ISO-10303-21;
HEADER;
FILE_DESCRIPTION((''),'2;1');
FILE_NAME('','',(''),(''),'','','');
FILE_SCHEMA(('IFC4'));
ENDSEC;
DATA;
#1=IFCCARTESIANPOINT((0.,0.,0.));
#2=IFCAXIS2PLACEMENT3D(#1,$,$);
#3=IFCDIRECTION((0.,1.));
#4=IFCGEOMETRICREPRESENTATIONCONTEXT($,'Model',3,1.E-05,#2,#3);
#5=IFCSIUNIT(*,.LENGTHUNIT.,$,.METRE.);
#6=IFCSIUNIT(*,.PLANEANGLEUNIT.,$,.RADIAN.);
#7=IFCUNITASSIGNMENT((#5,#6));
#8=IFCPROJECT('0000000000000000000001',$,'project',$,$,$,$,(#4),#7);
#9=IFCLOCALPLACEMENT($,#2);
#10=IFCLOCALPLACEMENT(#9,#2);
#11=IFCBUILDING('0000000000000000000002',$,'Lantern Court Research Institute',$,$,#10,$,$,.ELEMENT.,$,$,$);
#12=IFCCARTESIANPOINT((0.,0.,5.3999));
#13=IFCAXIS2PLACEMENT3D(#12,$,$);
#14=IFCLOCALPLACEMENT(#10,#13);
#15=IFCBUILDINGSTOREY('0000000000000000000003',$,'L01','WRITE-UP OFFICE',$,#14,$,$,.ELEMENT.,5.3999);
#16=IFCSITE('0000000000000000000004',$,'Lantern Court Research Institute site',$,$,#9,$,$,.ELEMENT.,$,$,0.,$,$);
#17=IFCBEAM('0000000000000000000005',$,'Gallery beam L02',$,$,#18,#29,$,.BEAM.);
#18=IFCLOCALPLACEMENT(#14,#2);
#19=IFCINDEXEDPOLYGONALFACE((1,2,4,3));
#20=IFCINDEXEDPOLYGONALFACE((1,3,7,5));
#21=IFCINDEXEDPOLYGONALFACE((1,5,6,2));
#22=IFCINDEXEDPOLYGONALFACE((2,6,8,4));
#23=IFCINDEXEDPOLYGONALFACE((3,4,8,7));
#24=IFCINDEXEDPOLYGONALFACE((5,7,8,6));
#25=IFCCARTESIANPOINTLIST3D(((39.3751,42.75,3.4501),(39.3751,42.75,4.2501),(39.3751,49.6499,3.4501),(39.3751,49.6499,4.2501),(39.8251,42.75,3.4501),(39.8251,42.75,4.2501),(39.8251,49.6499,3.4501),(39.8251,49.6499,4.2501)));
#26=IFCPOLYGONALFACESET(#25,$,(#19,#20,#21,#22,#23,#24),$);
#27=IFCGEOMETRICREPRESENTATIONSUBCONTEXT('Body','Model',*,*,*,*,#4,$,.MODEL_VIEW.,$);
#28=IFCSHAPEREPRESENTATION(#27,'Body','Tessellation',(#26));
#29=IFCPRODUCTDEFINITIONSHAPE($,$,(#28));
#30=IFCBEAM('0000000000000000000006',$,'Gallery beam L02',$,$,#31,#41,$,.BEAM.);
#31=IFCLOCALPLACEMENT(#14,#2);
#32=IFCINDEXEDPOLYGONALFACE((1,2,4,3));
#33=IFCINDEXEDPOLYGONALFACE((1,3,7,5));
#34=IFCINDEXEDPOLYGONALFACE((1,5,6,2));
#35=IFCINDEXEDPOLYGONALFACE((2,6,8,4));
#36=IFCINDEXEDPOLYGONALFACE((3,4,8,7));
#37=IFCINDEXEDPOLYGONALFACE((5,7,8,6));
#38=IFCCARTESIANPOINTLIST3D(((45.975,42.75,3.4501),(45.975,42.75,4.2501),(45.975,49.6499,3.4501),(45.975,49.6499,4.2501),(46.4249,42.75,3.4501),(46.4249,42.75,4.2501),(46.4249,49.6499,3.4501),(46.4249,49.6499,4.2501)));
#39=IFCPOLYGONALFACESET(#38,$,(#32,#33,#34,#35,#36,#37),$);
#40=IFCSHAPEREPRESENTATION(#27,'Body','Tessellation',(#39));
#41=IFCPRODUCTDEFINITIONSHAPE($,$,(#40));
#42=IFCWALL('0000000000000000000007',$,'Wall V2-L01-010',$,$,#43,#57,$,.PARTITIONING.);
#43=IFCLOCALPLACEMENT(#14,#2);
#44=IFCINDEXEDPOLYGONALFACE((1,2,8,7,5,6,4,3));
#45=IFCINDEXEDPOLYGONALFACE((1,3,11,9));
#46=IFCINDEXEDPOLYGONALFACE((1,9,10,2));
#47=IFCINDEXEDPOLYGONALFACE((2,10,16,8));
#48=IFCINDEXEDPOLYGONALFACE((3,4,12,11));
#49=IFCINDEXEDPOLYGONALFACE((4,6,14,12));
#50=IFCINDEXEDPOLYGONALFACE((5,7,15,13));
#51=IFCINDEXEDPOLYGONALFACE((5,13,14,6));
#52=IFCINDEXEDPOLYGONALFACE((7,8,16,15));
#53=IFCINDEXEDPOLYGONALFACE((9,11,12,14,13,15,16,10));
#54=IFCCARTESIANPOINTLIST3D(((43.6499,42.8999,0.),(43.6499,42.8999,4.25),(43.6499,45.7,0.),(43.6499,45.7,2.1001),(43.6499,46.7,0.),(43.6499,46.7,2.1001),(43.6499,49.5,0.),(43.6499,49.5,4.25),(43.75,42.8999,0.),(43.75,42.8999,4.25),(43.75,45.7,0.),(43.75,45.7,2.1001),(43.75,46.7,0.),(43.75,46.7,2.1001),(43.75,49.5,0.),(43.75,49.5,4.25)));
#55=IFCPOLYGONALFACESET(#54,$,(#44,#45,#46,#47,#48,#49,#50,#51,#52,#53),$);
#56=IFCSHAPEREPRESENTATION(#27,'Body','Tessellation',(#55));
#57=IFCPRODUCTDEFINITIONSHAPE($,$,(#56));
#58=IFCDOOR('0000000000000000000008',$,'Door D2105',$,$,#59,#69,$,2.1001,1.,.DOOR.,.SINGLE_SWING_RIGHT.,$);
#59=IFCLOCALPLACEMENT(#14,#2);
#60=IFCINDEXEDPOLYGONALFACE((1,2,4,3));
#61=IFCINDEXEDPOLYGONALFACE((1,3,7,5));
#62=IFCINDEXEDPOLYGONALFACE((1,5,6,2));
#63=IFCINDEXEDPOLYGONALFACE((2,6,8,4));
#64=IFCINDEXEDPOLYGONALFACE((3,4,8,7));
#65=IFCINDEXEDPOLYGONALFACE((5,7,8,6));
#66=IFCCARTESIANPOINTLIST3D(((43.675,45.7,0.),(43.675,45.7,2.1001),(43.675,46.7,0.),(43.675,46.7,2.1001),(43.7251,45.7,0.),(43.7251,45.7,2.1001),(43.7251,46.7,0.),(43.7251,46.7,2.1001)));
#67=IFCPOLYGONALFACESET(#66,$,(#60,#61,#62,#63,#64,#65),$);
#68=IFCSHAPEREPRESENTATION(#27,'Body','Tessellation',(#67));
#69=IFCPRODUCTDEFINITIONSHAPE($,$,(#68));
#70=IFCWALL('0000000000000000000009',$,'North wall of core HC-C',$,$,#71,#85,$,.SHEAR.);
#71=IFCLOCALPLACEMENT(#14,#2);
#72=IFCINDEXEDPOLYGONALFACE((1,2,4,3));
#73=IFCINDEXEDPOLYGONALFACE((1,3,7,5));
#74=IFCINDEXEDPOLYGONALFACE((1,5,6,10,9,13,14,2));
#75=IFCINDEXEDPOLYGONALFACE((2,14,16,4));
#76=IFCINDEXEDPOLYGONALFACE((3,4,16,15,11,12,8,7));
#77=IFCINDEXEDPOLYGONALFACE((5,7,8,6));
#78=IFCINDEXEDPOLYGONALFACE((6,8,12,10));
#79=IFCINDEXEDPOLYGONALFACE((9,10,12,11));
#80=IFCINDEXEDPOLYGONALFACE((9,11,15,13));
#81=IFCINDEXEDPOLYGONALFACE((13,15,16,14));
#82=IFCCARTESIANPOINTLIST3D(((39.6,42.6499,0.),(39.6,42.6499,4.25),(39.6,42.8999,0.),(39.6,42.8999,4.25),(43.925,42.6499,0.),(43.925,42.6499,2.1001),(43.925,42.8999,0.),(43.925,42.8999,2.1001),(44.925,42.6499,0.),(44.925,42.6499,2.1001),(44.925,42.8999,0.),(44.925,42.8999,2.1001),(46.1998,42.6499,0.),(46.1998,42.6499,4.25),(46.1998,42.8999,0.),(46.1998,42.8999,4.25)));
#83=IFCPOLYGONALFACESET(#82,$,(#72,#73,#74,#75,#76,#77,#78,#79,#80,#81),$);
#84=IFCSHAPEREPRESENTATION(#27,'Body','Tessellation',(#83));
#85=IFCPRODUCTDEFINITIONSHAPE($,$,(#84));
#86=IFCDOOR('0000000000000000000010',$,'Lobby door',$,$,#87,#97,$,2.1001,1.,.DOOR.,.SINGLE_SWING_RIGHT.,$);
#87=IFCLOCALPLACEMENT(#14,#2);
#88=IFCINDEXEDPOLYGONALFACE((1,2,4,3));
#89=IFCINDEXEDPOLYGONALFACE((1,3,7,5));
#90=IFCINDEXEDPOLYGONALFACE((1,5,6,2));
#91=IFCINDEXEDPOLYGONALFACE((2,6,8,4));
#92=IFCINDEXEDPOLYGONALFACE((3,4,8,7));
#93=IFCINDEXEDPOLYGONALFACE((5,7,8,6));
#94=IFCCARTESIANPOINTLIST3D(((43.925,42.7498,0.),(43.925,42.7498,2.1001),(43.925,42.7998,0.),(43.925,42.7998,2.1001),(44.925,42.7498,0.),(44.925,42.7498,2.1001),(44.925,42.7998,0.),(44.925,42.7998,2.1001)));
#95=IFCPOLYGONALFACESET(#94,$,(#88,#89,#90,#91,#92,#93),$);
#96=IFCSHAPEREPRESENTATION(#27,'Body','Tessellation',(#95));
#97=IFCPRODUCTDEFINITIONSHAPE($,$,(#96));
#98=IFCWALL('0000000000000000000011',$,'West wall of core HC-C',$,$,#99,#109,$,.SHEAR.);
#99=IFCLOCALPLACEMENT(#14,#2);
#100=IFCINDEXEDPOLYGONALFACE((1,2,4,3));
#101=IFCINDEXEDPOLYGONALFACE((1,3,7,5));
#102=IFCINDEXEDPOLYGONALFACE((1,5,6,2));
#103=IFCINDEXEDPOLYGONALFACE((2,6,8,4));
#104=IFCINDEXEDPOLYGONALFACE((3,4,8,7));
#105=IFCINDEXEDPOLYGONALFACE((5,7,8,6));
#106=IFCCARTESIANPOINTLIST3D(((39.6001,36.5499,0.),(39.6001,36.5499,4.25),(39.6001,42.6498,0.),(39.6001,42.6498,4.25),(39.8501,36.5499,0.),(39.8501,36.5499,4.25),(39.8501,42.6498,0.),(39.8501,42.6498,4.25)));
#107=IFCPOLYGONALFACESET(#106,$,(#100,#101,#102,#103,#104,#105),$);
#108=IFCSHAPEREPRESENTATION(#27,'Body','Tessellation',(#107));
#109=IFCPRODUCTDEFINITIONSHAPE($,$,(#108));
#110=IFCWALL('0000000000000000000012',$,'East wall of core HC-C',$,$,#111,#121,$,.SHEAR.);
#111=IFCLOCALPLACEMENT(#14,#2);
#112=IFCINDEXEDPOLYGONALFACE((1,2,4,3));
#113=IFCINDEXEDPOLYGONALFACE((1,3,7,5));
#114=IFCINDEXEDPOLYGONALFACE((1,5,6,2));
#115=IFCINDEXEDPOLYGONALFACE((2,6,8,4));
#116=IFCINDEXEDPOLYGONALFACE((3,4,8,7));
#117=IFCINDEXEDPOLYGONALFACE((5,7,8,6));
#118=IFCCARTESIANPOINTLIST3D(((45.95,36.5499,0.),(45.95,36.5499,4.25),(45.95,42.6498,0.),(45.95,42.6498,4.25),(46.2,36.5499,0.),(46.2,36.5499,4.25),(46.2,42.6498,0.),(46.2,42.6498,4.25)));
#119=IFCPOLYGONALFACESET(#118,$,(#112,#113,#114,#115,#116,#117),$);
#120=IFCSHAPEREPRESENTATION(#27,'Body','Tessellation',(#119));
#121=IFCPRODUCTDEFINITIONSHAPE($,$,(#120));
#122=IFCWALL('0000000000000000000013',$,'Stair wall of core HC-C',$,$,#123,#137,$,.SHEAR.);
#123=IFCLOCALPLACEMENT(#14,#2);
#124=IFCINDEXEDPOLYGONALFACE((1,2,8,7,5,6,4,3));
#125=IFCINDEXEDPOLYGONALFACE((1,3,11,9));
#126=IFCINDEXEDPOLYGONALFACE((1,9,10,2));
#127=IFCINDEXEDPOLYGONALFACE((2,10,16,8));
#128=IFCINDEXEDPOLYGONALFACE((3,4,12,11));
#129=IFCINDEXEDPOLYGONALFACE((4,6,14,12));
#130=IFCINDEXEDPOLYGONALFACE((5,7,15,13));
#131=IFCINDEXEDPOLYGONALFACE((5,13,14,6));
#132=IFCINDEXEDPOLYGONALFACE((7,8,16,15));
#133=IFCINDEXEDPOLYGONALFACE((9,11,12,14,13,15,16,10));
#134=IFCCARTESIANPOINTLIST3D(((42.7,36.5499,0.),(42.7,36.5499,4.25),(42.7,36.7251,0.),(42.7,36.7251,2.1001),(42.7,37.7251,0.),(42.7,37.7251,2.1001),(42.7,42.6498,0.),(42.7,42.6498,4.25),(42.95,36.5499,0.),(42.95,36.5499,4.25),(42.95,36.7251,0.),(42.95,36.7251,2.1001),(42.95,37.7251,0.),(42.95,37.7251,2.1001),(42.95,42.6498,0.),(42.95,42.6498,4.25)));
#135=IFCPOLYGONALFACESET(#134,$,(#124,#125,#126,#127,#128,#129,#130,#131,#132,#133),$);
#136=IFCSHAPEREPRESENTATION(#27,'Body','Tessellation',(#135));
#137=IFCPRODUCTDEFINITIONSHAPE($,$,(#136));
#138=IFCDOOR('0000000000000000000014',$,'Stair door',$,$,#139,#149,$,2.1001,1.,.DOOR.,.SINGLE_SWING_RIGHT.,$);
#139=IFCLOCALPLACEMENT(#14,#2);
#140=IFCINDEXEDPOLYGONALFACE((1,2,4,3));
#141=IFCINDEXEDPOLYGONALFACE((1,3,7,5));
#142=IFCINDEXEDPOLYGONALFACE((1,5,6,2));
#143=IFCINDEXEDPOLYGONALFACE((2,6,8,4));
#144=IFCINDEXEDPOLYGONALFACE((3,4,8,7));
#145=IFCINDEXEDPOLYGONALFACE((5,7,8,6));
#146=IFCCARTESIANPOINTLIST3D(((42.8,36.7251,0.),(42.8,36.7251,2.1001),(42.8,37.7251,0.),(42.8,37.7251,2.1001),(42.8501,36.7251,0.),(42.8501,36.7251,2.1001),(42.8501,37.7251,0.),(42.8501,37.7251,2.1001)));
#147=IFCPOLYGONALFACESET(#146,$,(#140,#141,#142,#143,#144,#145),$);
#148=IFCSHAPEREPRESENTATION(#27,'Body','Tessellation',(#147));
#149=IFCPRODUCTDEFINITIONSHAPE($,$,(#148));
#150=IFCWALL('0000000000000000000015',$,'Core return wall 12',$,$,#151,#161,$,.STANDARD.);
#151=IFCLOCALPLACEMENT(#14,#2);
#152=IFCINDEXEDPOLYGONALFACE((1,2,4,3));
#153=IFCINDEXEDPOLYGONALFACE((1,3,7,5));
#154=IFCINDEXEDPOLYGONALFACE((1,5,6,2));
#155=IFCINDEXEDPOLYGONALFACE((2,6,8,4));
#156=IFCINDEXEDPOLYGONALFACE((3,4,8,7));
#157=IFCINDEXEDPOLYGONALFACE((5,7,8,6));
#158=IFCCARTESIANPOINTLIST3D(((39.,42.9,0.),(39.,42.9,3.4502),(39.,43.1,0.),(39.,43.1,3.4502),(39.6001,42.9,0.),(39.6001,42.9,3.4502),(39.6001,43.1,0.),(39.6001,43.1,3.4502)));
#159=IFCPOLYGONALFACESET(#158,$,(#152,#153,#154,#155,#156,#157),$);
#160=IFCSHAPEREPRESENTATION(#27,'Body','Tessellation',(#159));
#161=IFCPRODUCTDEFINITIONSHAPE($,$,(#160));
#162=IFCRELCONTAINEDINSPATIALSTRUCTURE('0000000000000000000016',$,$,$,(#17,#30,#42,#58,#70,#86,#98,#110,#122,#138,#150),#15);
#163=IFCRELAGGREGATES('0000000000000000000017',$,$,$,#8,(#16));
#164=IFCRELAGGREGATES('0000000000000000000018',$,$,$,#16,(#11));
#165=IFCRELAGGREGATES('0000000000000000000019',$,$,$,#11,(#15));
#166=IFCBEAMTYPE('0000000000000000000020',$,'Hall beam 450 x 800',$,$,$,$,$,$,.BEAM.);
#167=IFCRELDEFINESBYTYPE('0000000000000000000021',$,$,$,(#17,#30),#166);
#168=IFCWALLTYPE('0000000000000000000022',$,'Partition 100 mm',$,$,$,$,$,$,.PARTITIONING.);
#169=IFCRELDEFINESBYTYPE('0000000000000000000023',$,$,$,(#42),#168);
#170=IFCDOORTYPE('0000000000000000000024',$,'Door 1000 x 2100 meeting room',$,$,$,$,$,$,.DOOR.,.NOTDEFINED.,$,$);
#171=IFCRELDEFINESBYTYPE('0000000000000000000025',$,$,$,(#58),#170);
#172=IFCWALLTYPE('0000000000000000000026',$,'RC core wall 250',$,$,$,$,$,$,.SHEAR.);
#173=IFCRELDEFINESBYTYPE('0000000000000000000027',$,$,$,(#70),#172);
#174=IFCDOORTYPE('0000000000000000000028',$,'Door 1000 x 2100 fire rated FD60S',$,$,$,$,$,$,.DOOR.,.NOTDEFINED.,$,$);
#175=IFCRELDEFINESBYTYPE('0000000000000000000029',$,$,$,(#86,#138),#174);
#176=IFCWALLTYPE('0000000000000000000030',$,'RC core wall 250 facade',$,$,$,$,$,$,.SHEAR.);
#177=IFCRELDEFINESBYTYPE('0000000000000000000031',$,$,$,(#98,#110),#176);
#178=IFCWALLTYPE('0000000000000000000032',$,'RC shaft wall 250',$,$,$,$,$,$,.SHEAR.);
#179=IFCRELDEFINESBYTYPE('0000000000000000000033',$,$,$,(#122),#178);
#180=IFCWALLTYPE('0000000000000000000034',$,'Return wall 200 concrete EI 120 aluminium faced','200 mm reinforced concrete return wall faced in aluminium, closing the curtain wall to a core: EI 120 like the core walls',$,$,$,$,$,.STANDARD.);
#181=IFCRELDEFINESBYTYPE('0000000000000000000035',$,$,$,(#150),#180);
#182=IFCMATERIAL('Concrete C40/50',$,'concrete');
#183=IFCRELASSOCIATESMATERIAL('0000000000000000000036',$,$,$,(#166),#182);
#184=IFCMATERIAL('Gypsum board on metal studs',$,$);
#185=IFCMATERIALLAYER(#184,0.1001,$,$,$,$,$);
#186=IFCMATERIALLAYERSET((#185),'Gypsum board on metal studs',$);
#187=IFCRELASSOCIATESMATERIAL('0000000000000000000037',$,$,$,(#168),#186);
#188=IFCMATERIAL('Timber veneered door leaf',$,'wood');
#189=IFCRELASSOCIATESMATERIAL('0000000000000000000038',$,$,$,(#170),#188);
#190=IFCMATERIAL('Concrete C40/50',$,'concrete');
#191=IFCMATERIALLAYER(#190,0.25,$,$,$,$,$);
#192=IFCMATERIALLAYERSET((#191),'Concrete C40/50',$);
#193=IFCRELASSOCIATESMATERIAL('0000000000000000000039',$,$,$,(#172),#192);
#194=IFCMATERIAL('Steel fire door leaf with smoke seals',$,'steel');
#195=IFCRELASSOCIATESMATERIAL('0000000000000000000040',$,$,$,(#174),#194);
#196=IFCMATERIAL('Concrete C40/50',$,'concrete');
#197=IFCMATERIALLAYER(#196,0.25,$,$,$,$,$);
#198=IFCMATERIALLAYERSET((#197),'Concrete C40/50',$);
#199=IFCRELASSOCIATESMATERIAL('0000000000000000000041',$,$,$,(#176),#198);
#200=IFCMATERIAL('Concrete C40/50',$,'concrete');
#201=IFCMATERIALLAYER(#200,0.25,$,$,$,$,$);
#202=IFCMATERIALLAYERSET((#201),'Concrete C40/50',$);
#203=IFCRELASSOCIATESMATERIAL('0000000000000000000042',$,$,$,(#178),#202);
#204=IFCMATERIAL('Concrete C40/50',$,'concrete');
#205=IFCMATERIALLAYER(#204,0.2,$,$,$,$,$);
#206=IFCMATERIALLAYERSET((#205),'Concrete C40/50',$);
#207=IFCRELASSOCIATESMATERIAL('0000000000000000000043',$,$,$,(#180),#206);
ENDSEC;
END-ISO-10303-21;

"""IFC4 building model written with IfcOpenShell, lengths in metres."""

from ifc_helpers import new_model, si_unit, direction, frame, frame_2d, origin, origin_2d, place, context, subcontext, project, spatial, rectangle, extrude, material, layer, layer_set, material_profile, profile_set, type_object, element, fill, save


model = new_model("IFC4")

# Units and contexts
model_context = context("Model", 3, precision=1e-05, world=origin(), true_north=direction((0.0, 1.0)))
body_context = subcontext(model_context, "Body", "Model", "MODEL_VIEW")
ifc_project = project(units=[si_unit("LENGTHUNIT", "METRE"), si_unit("PLANEANGLEUNIT", "RADIAN")], contexts=[model_context])

# Site, building, storey
site_placement = place(None, origin())
site = spatial("IfcSite", under=ifc_project, at=site_placement, Name="Lantern Court Research Institute site", CompositionType="ELEMENT", RefElevation=0.0)
building_placement = place(site_placement, origin())
building = spatial("IfcBuilding", under=site, at=building_placement, Name="Lantern Court Research Institute", CompositionType="ELEMENT")
storey_placement = place(building_placement, frame((0.0, 0.0, 5.3999)))
storey = spatial("IfcBuildingStorey", under=building, at=storey_placement, Name="L01", Description="WRITE-UP OFFICE", CompositionType="ELEMENT", Elevation=5.3999)

# Beams
ifc_material_1 = material(Name="Concrete C40/50", Category="concrete")
ifc_material_profile = material_profile(ifc_material_1, rectangle(XDim=0.45, YDim=0.8, at=origin_2d()), Name="Hall beam 450 x 800")
ifc_profile_set = profile_set([ifc_material_profile], Name="Concrete C40/50")
beam_type = type_object("IfcBeamType", Name="Hall beam 450 x 800", PredefinedType="BEAM", material=ifc_profile_set)
for number, where, z_axis, x_axis, name in (
    (1, (39.6001, 42.75, 3.8501), (0.0, 1.0, 0.0), (-1.0, 0.0, 0.0), "Gallery beam L02"),
    (2, (46.2, 42.75, 3.8501), (0.0, 1.0, 0.0), (-1.0, 0.0, 0.0), "Gallery beam L02"),
):
    element("IfcBeam", number, at=place(storey_placement, frame(where, z_axis=z_axis, x_axis=x_axis)), inside=storey, type_object=beam_type, Name=name, PredefinedType="BEAM", context=body_context, shape_type="SweptSolid", body=[
        extrude(rectangle(XDim=0.45, YDim=0.8, at=origin_2d()), origin(), (0.0, 0.0, 1.0), 6.8999),
    ])

# Walls, openings, doors
ifc_material_2 = material(Name="Gypsum board on metal studs")
ifc_layer_1 = layer(ifc_material_2, 0.1001)
ifc_layer_set_1 = layer_set([ifc_layer_1], Name="Gypsum board on metal studs")
wall_type_1 = type_object("IfcWallType", Name="Partition 100 mm", PredefinedType="PARTITIONING", material=ifc_layer_set_1)
wall_1_placement = place(storey_placement, frame((43.7, 42.8999, 0.0), z_axis=(0.0, 0.0, 1.0), x_axis=(0.0, 1.0, 0.0)))
wall_1 = element("IfcWall", 3, at=wall_1_placement, inside=storey, type_object=wall_type_1, Name="Wall V2-L01-010", PredefinedType="PARTITIONING", context=body_context, shape_type="SweptSolid", body=[
    extrude(rectangle(XDim=6.6001, YDim=0.1001, at=frame_2d((3.3, 0.0))), origin(), (0.0, 0.0, 1.0), 4.25),
])
opening_1_placement = place(wall_1_placement, frame((2.8, 0.0, 0.0)))
opening_1 = element("IfcOpeningElement", 4, at=opening_1_placement, cuts=wall_1, PredefinedType="OPENING", context=body_context, shape_type="SweptSolid", body=[
    extrude(rectangle(XDim=1.0, YDim=2.1001, at=frame_2d((0.5, 1.05))), frame((0.0, 0.0601, 0.0), z_axis=(0.0, -1.0, 0.0), x_axis=(1.0, 0.0, 0.0)), (0.0, 0.0, 1.0), 0.1201),
])
ifc_material_3 = material(Name="Timber veneered door leaf", Category="wood")
door_type_1 = type_object("IfcDoorType", Name="Door 1000 x 2100 meeting room", OperationType="NOTDEFINED", PredefinedType="DOOR", material=ifc_material_3)
door_1_placement = place(opening_1_placement, origin())
door_1 = element("IfcDoor", 5, at=door_1_placement, inside=storey, type_object=door_type_1, Name="Door D2105", OperationType="SINGLE_SWING_RIGHT", OverallHeight=2.1001, OverallWidth=1.0, PredefinedType="DOOR", context=body_context, shape_type="SweptSolid", body=[
    extrude(rectangle(XDim=1.0, YDim=2.1001, at=frame_2d((0.5, 1.05))), frame((0.0, 0.0249, 0.0), z_axis=(0.0, -1.0, 0.0), x_axis=(1.0, 0.0, 0.0)), (0.0, 0.0, 1.0), 0.05),
])
fill(opening_1, door_1)
ifc_material_4 = material(Name="Concrete C40/50", Category="concrete")
ifc_layer_2 = layer(ifc_material_4, 0.25)
ifc_layer_set_2 = layer_set([ifc_layer_2], Name="Concrete C40/50")
wall_type_2 = type_object("IfcWallType", Name="RC core wall 250", PredefinedType="SHEAR", material=ifc_layer_set_2)
wall_2_placement = place(storey_placement, frame((39.6001, 42.7749, 0.0), z_axis=(0.0, 0.0, 1.0), x_axis=(1.0, 0.0, 0.0)))
wall_2 = element("IfcWall", 6, at=wall_2_placement, inside=storey, type_object=wall_type_2, Name="North wall of core HC-C", PredefinedType="SHEAR", context=body_context, shape_type="SweptSolid", body=[
    extrude(rectangle(XDim=6.5999, YDim=0.25, at=frame_2d((3.2998, 0.0))), origin(), (0.0, 0.0, 1.0), 4.25),
])
opening_2_placement = place(wall_2_placement, frame((4.325, 0.0, 0.0)))
opening_2 = element("IfcOpeningElement", 7, at=opening_2_placement, cuts=wall_2, PredefinedType="OPENING", context=body_context, shape_type="SweptSolid", body=[
    extrude(rectangle(XDim=1.0, YDim=2.1001, at=frame_2d((0.5, 1.05))), frame((0.0, 0.135, 0.0), z_axis=(0.0, -1.0, 0.0), x_axis=(1.0, 0.0, 0.0)), (0.0, 0.0, 1.0), 0.27),
])
ifc_material_5 = material(Name="Steel fire door leaf with smoke seals", Category="steel")
door_type_2 = type_object("IfcDoorType", Name="Door 1000 x 2100 fire rated FD60S", OperationType="NOTDEFINED", PredefinedType="DOOR", material=ifc_material_5)
door_2_placement = place(opening_2_placement, origin())
door_2 = element("IfcDoor", 8, at=door_2_placement, inside=storey, type_object=door_type_2, Name="Lobby door", OperationType="SINGLE_SWING_RIGHT", OverallHeight=2.1001, OverallWidth=1.0, PredefinedType="DOOR", context=body_context, shape_type="SweptSolid", body=[
    extrude(rectangle(XDim=1.0, YDim=2.1001, at=frame_2d((0.5, 1.05))), frame((0.0, 0.0249, 0.0), z_axis=(0.0, -1.0, 0.0), x_axis=(1.0, 0.0, 0.0)), (0.0, 0.0, 1.0), 0.05),
])
fill(opening_2, door_2)

# Walls
ifc_material_6 = material(Name="Concrete C40/50", Category="concrete")
ifc_layer_3 = layer(ifc_material_6, 0.25)
ifc_layer_set_3 = layer_set([ifc_layer_3], Name="Concrete C40/50")
wall_type_3 = type_object("IfcWallType", Name="RC core wall 250 facade", PredefinedType="SHEAR", material=ifc_layer_set_3)
for number, where, z_axis, x_axis, name in (
    (9, (39.7251, 36.55, 0.0), (0.0, 0.0, 1.0), (0.0, 1.0, 0.0), "West wall of core HC-C"),
    (10, (46.075, 36.55, 0.0), (0.0, 0.0, 1.0), (0.0, 1.0, 0.0), "East wall of core HC-C"),
):
    element("IfcWall", number, at=place(storey_placement, frame(where, z_axis=z_axis, x_axis=x_axis)), inside=storey, type_object=wall_type_3, Name=name, PredefinedType="SHEAR", context=body_context, shape_type="SweptSolid", body=[
        extrude(rectangle(XDim=6.0999, YDim=0.25, at=frame_2d((3.0498, 0.0))), origin(), (0.0, 0.0, 1.0), 4.25),
    ])

# Wall, opening, door
ifc_material_7 = material(Name="Concrete C40/50", Category="concrete")
ifc_layer_4 = layer(ifc_material_7, 0.25)
ifc_layer_set_4 = layer_set([ifc_layer_4], Name="Concrete C40/50")
wall_type_4 = type_object("IfcWallType", Name="RC shaft wall 250", PredefinedType="SHEAR", material=ifc_layer_set_4)
wall_3_placement = place(storey_placement, frame((42.825, 36.55, 0.0), z_axis=(0.0, 0.0, 1.0), x_axis=(0.0, 1.0, 0.0)))
wall_3 = element("IfcWall", 11, at=wall_3_placement, inside=storey, type_object=wall_type_4, Name="Stair wall of core HC-C", PredefinedType="SHEAR", context=body_context, shape_type="SweptSolid", body=[
    extrude(rectangle(XDim=6.0999, YDim=0.25, at=frame_2d((3.0498, 0.0))), origin(), (0.0, 0.0, 1.0), 4.25),
])
opening_3_placement = place(wall_3_placement, frame((0.175, 0.0, 0.0)))
opening_3 = element("IfcOpeningElement", 12, at=opening_3_placement, cuts=wall_3, PredefinedType="OPENING", context=body_context, shape_type="SweptSolid", body=[
    extrude(rectangle(XDim=1.0, YDim=2.1001, at=frame_2d((0.5, 1.05))), frame((0.0, 0.135, 0.0), z_axis=(0.0, -1.0, 0.0), x_axis=(1.0, 0.0, 0.0)), (0.0, 0.0, 1.0), 0.27),
])
door_3_placement = place(opening_3_placement, origin())
door_3 = element("IfcDoor", 13, at=door_3_placement, inside=storey, type_object=door_type_2, Name="Stair door", OperationType="SINGLE_SWING_RIGHT", OverallHeight=2.1001, OverallWidth=1.0, PredefinedType="DOOR", context=body_context, shape_type="SweptSolid", body=[
    extrude(rectangle(XDim=1.0, YDim=2.1001, at=frame_2d((0.5, 1.05))), frame((0.0, 0.0249, 0.0), z_axis=(0.0, -1.0, 0.0), x_axis=(1.0, 0.0, 0.0)), (0.0, 0.0, 1.0), 0.05),
])
fill(opening_3, door_3)

# Wall
ifc_material_8 = material(Name="Concrete C40/50", Category="concrete")
ifc_layer_5 = layer(ifc_material_8, 0.2)
ifc_layer_set_5 = layer_set([ifc_layer_5], Name="Concrete C40/50")
wall_type_5 = type_object("IfcWallType", Name="Return wall 200 concrete EI 120 aluminium faced", Description="200 mm reinforced concrete return wall faced in aluminium, closing the curtain wall to a core: EI 120 like the core walls", PredefinedType="STANDARD", material=ifc_layer_set_5)
wall_4_placement = place(storey_placement, frame((39.6001, 43.0, 0.0), z_axis=(0.0, 0.0, 1.0), x_axis=(-1.0, 0.0, 0.0)))
element("IfcWall", 14, at=wall_4_placement, inside=storey, type_object=wall_type_5, Name="Core return wall 12", PredefinedType="STANDARD", context=body_context, shape_type="SweptSolid", body=[
    extrude(rectangle(XDim=0.6001, YDim=0.2, at=frame_2d((0.3, 0.0))), origin(), (0.0, 0.0, 1.0), 3.4502),
])

save(model, "model.ifc")
